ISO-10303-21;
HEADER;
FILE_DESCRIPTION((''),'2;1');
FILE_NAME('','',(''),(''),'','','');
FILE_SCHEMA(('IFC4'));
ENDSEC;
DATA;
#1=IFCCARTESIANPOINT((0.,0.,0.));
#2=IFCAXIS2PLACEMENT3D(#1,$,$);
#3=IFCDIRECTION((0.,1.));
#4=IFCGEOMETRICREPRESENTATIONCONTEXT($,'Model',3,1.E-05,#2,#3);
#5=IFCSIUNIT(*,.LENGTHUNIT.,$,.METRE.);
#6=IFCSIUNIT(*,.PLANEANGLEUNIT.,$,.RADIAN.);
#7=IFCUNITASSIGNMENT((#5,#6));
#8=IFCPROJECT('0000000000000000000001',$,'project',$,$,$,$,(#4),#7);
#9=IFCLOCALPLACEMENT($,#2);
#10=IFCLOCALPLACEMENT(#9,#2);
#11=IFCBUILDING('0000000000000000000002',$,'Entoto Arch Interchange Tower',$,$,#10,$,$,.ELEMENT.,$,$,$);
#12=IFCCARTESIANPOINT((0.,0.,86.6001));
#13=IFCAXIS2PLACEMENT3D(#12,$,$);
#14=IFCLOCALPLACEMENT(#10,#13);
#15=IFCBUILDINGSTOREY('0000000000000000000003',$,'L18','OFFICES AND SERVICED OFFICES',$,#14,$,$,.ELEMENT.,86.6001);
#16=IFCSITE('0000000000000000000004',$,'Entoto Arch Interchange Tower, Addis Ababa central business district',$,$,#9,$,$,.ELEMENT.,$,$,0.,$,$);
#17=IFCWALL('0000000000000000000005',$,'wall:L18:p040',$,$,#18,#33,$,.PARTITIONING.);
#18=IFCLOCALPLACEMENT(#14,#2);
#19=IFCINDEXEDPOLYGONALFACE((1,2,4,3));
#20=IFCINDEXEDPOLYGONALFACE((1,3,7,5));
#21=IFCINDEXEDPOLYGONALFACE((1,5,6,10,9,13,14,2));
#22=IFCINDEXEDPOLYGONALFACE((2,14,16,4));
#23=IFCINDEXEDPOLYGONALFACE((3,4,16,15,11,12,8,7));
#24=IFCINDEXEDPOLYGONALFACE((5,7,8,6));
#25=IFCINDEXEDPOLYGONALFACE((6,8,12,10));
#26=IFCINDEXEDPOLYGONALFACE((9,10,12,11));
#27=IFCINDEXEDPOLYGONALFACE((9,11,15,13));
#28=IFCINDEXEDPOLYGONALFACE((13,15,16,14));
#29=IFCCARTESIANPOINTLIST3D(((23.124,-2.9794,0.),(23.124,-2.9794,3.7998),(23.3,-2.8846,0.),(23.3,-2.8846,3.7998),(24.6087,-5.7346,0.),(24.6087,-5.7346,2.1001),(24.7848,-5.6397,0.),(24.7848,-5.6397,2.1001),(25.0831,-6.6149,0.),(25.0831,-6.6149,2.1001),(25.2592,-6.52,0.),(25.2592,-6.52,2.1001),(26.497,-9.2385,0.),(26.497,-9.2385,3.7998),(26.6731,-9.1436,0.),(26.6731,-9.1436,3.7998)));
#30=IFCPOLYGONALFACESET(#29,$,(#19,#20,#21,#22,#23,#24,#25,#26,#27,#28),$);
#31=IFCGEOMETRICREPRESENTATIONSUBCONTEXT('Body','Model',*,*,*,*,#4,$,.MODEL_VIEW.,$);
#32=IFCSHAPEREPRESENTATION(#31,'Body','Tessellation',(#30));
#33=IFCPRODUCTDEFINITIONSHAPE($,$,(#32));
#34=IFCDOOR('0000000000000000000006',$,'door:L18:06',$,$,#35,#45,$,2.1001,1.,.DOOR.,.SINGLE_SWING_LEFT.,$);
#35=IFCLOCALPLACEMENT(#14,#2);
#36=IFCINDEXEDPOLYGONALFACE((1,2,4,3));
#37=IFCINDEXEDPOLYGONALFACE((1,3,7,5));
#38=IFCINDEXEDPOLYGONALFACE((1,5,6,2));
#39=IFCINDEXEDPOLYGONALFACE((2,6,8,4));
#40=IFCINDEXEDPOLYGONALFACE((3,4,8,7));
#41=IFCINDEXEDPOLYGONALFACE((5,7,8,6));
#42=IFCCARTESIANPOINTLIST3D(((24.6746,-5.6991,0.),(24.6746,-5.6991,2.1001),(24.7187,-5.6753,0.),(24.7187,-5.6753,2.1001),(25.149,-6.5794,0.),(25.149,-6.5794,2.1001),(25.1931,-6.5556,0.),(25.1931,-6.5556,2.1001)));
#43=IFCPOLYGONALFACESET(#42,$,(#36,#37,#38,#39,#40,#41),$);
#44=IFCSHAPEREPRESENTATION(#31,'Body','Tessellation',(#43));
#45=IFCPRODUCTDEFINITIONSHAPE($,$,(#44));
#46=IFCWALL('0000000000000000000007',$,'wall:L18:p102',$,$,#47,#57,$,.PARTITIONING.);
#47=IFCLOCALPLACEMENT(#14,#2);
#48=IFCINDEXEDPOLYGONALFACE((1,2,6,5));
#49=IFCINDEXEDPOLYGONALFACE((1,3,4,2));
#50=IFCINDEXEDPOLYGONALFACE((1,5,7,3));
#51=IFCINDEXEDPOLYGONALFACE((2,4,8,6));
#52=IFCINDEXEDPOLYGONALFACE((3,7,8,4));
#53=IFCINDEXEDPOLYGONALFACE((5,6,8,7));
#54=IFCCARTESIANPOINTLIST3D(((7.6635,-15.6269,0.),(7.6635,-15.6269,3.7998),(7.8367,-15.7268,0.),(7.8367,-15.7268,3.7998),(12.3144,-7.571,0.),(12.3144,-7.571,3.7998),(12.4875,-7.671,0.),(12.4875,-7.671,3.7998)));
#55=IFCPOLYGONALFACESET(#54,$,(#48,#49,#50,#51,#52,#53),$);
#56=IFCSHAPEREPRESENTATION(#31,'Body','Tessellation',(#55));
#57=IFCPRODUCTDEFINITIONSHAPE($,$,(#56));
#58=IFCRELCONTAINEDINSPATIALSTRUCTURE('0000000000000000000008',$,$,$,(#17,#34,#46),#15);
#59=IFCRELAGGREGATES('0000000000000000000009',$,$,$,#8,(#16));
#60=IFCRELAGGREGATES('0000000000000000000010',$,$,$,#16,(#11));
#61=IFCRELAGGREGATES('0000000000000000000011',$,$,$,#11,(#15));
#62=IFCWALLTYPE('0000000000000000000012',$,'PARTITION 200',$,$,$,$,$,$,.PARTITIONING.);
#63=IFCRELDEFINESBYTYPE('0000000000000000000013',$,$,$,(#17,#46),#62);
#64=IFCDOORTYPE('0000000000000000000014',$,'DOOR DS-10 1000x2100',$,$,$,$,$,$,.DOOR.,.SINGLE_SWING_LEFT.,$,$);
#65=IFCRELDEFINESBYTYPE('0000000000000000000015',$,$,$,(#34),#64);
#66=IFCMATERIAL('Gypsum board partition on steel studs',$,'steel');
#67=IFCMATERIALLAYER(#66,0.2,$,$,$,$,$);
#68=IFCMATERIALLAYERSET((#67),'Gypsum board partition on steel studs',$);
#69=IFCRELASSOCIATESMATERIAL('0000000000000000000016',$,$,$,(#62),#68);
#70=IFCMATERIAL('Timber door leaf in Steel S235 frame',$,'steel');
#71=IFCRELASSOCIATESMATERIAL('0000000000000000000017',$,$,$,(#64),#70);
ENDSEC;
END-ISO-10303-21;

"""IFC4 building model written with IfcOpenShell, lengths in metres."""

from ifc_helpers import new_model, si_unit, direction, frame, frame_2d, origin, place, context, subcontext, project, spatial, rectangle, extrude, material, layer, layer_set, type_object, element, fill, save


model = new_model("IFC4")

# Units and contexts
model_context = context("Model", 3, precision=1e-05, world=origin(), true_north=direction((0.0, 1.0)))
body_context = subcontext(model_context, "Body", "Model", "MODEL_VIEW")
ifc_project = project(units=[si_unit("LENGTHUNIT", "METRE"), si_unit("PLANEANGLEUNIT", "RADIAN")], contexts=[model_context])

# Site, building, storey
site_placement = place(None, origin())
site = spatial("IfcSite", under=ifc_project, at=site_placement, Name="Entoto Arch Interchange Tower, Addis Ababa central business district", CompositionType="ELEMENT", RefElevation=0.0)
building_placement = place(site_placement, origin())
building = spatial("IfcBuilding", under=site, at=building_placement, Name="Entoto Arch Interchange Tower", CompositionType="ELEMENT")
storey_placement = place(building_placement, frame((0.0, 0.0, 86.6001)))
storey = spatial("IfcBuildingStorey", under=building, at=storey_placement, Name="L18", Description="OFFICES AND SERVICED OFFICES", CompositionType="ELEMENT", Elevation=86.6001)

# Shared definitions
ifc_material_1 = material(Name="Gypsum board partition on steel studs", Category="steel")
ifc_layer_1 = layer(ifc_material_1, 0.2)
ifc_layer_set_1 = layer_set([ifc_layer_1], Name="Gypsum board partition on steel studs")
wall_type_1 = type_object("IfcWallType", Name="PARTITION 200", PredefinedType="PARTITIONING", material=ifc_layer_set_1)

# Shared definitions
ifc_material_2 = material(Name="Timber door leaf in Steel S235 frame", Category="steel")

# Wall, opening, door
door_type_1 = type_object("IfcDoorType", Name="DOOR DS-10 1000x2100", OperationType="SINGLE_SWING_LEFT", PredefinedType="DOOR", material=ifc_material_2)
wall_1_placement = place(storey_placement, frame((23.2119, -2.9319, 0.0), z_axis=(0.0, 0.0, 1.0), x_axis=(0.474405, -0.880307, 0.0)))
wall_1 = element("IfcWall", 1, at=wall_1_placement, inside=storey, type_object=wall_type_1, Name="wall:L18:p040", PredefinedType="PARTITIONING", context=body_context, shape_type="SweptSolid", body=[
    extrude(rectangle(XDim=7.1101, YDim=0.2, at=frame_2d((3.5552, 0.0))), origin(), (0.0, 0.0, 1.0), 3.7998),
])
opening_1_placement = place(wall_1_placement, frame((3.1299, 0.0, 0.0)))
opening_1 = element("IfcOpeningElement", 2, at=opening_1_placement, cuts=wall_1, PredefinedType="OPENING", context=body_context, shape_type="SweptSolid", body=[
    extrude(rectangle(XDim=1.0, YDim=2.1001, at=frame_2d((0.5, 1.05))), frame((0.0, 0.1099, 0.0), z_axis=(0.0, -1.0, 0.0), x_axis=(1.0, 0.0, 0.0)), (0.0, 0.0, 1.0), 0.22),
])
door_1_placement = place(opening_1_placement, origin())
door_1 = element("IfcDoor", 3, at=door_1_placement, inside=storey, type_object=door_type_1, Name="door:L18:06", OperationType="SINGLE_SWING_LEFT", OverallHeight=2.1001, OverallWidth=1.0, PredefinedType="DOOR", context=body_context, shape_type="SweptSolid", body=[
    extrude(rectangle(XDim=1.0, YDim=2.1001, at=frame_2d((0.5, 1.05))), frame((0.0, 0.0249, 0.0), z_axis=(0.0, -1.0, 0.0), x_axis=(1.0, 0.0, 0.0)), (0.0, 0.0, 1.0), 0.05),
])
fill(opening_1, door_1)

# Wall
wall_2_placement = place(storey_placement, frame((12.4009, -7.6211, 0.0), z_axis=(0.0, 0.0, 1.0), x_axis=(-0.499984, -0.866035, 0.0)))
element("IfcWall", 4, at=wall_2_placement, inside=storey, type_object=wall_type_1, Name="wall:L18:p102", PredefinedType="PARTITIONING", context=body_context, shape_type="SweptSolid", body=[
    extrude(rectangle(XDim=9.302, YDim=0.2, at=frame_2d((4.6509, 0.0))), origin(), (0.0, 0.0, 1.0), 3.7998),
])

save(model, "model.ifc")
